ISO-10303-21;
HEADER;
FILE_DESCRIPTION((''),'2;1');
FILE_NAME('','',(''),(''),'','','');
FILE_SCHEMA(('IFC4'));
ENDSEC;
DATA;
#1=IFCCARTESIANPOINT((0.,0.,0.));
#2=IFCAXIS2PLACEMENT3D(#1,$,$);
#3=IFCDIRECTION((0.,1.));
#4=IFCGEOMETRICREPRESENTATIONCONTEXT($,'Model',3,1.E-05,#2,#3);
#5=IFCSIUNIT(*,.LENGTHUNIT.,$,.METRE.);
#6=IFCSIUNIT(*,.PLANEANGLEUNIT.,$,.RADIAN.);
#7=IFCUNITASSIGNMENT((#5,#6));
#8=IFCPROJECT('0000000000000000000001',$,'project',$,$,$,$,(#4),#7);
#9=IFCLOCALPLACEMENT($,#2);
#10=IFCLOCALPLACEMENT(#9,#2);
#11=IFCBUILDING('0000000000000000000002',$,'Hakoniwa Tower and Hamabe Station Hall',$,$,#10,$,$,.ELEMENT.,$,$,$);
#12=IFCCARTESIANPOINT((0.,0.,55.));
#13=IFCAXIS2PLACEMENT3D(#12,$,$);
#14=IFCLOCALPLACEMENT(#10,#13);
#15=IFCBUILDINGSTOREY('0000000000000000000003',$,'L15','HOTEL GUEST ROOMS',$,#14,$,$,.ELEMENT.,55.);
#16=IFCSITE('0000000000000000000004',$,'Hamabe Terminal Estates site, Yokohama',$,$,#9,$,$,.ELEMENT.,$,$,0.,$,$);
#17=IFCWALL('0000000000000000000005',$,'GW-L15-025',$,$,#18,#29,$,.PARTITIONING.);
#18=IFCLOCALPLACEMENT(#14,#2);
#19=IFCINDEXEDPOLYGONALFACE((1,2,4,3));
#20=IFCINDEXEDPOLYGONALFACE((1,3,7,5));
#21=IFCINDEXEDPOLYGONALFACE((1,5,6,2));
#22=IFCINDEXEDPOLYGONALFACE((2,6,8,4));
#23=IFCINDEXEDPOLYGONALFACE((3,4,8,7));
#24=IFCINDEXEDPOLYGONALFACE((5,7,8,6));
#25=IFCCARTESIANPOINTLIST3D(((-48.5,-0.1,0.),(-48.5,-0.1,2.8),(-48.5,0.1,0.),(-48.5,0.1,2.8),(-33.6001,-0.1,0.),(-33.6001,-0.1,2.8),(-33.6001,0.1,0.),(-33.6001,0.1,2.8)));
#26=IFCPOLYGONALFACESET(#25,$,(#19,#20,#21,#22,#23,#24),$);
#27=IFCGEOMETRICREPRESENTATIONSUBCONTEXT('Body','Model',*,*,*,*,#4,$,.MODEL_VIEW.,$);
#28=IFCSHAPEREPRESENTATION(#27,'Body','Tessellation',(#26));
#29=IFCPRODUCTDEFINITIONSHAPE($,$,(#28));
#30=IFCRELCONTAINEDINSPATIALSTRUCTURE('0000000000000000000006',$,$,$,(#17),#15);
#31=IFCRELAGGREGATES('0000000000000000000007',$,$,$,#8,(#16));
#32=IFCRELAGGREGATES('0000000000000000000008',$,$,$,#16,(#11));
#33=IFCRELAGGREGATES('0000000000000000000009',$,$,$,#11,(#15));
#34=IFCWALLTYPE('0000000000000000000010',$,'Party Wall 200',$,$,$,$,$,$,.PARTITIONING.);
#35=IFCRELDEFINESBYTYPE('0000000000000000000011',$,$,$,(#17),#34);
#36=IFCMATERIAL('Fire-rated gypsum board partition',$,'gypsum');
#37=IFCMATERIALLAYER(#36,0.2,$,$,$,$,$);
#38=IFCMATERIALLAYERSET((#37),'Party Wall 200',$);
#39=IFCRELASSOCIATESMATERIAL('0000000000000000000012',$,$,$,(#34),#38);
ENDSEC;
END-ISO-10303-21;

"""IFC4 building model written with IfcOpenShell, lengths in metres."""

from ifc_helpers import new_model, si_unit, direction, frame, frame_2d, origin, place, context, subcontext, project, spatial, rectangle, extrude, material, layer, layer_set, type_object, element, save


model = new_model("IFC4")

# Units and contexts
model_context = context("Model", 3, precision=1e-05, world=origin(), true_north=direction((0.0, 1.0)))
body_context = subcontext(model_context, "Body", "Model", "MODEL_VIEW")
ifc_project = project(units=[si_unit("LENGTHUNIT", "METRE"), si_unit("PLANEANGLEUNIT", "RADIAN")], contexts=[model_context])

# Site, building, storey
site_placement = place(None, origin())
site = spatial("IfcSite", under=ifc_project, at=site_placement, Name="Hamabe Terminal Estates site, Yokohama", CompositionType="ELEMENT", RefElevation=0.0)
building_placement = place(site_placement, origin())
building = spatial("IfcBuilding", under=site, at=building_placement, Name="Hakoniwa Tower and Hamabe Station Hall", CompositionType="ELEMENT")
storey_placement = place(building_placement, frame((0.0, 0.0, 55.0)))
storey = spatial("IfcBuildingStorey", under=building, at=storey_placement, Name="L15", Description="HOTEL GUEST ROOMS", CompositionType="ELEMENT", Elevation=55.0)

# Wall
ifc_material_1 = material(Name="Fire-rated gypsum board partition", Category="gypsum")
ifc_layer_1 = layer(ifc_material_1, 0.2)
ifc_layer_set_1 = layer_set([ifc_layer_1], Name="Party Wall 200")
wall_type_1 = type_object("IfcWallType", Name="Party Wall 200", PredefinedType="PARTITIONING", material=ifc_layer_set_1)
wall_1_placement = place(storey_placement, frame((-48.5, 0.0, 0.0), z_axis=(0.0, 0.0, 1.0), x_axis=(1.0, 0.0, 0.0)))
element("IfcWall", 1, at=wall_1_placement, inside=storey, type_object=wall_type_1, Name="GW-L15-025", PredefinedType="PARTITIONING", context=body_context, shape_type="SweptSolid", body=[
    extrude(rectangle(XDim=14.8999, YDim=0.2, at=frame_2d((7.45, 0.0))), origin(), (0.0, 0.0, 1.0), 2.8),
])

save(model, "model.ifc")
